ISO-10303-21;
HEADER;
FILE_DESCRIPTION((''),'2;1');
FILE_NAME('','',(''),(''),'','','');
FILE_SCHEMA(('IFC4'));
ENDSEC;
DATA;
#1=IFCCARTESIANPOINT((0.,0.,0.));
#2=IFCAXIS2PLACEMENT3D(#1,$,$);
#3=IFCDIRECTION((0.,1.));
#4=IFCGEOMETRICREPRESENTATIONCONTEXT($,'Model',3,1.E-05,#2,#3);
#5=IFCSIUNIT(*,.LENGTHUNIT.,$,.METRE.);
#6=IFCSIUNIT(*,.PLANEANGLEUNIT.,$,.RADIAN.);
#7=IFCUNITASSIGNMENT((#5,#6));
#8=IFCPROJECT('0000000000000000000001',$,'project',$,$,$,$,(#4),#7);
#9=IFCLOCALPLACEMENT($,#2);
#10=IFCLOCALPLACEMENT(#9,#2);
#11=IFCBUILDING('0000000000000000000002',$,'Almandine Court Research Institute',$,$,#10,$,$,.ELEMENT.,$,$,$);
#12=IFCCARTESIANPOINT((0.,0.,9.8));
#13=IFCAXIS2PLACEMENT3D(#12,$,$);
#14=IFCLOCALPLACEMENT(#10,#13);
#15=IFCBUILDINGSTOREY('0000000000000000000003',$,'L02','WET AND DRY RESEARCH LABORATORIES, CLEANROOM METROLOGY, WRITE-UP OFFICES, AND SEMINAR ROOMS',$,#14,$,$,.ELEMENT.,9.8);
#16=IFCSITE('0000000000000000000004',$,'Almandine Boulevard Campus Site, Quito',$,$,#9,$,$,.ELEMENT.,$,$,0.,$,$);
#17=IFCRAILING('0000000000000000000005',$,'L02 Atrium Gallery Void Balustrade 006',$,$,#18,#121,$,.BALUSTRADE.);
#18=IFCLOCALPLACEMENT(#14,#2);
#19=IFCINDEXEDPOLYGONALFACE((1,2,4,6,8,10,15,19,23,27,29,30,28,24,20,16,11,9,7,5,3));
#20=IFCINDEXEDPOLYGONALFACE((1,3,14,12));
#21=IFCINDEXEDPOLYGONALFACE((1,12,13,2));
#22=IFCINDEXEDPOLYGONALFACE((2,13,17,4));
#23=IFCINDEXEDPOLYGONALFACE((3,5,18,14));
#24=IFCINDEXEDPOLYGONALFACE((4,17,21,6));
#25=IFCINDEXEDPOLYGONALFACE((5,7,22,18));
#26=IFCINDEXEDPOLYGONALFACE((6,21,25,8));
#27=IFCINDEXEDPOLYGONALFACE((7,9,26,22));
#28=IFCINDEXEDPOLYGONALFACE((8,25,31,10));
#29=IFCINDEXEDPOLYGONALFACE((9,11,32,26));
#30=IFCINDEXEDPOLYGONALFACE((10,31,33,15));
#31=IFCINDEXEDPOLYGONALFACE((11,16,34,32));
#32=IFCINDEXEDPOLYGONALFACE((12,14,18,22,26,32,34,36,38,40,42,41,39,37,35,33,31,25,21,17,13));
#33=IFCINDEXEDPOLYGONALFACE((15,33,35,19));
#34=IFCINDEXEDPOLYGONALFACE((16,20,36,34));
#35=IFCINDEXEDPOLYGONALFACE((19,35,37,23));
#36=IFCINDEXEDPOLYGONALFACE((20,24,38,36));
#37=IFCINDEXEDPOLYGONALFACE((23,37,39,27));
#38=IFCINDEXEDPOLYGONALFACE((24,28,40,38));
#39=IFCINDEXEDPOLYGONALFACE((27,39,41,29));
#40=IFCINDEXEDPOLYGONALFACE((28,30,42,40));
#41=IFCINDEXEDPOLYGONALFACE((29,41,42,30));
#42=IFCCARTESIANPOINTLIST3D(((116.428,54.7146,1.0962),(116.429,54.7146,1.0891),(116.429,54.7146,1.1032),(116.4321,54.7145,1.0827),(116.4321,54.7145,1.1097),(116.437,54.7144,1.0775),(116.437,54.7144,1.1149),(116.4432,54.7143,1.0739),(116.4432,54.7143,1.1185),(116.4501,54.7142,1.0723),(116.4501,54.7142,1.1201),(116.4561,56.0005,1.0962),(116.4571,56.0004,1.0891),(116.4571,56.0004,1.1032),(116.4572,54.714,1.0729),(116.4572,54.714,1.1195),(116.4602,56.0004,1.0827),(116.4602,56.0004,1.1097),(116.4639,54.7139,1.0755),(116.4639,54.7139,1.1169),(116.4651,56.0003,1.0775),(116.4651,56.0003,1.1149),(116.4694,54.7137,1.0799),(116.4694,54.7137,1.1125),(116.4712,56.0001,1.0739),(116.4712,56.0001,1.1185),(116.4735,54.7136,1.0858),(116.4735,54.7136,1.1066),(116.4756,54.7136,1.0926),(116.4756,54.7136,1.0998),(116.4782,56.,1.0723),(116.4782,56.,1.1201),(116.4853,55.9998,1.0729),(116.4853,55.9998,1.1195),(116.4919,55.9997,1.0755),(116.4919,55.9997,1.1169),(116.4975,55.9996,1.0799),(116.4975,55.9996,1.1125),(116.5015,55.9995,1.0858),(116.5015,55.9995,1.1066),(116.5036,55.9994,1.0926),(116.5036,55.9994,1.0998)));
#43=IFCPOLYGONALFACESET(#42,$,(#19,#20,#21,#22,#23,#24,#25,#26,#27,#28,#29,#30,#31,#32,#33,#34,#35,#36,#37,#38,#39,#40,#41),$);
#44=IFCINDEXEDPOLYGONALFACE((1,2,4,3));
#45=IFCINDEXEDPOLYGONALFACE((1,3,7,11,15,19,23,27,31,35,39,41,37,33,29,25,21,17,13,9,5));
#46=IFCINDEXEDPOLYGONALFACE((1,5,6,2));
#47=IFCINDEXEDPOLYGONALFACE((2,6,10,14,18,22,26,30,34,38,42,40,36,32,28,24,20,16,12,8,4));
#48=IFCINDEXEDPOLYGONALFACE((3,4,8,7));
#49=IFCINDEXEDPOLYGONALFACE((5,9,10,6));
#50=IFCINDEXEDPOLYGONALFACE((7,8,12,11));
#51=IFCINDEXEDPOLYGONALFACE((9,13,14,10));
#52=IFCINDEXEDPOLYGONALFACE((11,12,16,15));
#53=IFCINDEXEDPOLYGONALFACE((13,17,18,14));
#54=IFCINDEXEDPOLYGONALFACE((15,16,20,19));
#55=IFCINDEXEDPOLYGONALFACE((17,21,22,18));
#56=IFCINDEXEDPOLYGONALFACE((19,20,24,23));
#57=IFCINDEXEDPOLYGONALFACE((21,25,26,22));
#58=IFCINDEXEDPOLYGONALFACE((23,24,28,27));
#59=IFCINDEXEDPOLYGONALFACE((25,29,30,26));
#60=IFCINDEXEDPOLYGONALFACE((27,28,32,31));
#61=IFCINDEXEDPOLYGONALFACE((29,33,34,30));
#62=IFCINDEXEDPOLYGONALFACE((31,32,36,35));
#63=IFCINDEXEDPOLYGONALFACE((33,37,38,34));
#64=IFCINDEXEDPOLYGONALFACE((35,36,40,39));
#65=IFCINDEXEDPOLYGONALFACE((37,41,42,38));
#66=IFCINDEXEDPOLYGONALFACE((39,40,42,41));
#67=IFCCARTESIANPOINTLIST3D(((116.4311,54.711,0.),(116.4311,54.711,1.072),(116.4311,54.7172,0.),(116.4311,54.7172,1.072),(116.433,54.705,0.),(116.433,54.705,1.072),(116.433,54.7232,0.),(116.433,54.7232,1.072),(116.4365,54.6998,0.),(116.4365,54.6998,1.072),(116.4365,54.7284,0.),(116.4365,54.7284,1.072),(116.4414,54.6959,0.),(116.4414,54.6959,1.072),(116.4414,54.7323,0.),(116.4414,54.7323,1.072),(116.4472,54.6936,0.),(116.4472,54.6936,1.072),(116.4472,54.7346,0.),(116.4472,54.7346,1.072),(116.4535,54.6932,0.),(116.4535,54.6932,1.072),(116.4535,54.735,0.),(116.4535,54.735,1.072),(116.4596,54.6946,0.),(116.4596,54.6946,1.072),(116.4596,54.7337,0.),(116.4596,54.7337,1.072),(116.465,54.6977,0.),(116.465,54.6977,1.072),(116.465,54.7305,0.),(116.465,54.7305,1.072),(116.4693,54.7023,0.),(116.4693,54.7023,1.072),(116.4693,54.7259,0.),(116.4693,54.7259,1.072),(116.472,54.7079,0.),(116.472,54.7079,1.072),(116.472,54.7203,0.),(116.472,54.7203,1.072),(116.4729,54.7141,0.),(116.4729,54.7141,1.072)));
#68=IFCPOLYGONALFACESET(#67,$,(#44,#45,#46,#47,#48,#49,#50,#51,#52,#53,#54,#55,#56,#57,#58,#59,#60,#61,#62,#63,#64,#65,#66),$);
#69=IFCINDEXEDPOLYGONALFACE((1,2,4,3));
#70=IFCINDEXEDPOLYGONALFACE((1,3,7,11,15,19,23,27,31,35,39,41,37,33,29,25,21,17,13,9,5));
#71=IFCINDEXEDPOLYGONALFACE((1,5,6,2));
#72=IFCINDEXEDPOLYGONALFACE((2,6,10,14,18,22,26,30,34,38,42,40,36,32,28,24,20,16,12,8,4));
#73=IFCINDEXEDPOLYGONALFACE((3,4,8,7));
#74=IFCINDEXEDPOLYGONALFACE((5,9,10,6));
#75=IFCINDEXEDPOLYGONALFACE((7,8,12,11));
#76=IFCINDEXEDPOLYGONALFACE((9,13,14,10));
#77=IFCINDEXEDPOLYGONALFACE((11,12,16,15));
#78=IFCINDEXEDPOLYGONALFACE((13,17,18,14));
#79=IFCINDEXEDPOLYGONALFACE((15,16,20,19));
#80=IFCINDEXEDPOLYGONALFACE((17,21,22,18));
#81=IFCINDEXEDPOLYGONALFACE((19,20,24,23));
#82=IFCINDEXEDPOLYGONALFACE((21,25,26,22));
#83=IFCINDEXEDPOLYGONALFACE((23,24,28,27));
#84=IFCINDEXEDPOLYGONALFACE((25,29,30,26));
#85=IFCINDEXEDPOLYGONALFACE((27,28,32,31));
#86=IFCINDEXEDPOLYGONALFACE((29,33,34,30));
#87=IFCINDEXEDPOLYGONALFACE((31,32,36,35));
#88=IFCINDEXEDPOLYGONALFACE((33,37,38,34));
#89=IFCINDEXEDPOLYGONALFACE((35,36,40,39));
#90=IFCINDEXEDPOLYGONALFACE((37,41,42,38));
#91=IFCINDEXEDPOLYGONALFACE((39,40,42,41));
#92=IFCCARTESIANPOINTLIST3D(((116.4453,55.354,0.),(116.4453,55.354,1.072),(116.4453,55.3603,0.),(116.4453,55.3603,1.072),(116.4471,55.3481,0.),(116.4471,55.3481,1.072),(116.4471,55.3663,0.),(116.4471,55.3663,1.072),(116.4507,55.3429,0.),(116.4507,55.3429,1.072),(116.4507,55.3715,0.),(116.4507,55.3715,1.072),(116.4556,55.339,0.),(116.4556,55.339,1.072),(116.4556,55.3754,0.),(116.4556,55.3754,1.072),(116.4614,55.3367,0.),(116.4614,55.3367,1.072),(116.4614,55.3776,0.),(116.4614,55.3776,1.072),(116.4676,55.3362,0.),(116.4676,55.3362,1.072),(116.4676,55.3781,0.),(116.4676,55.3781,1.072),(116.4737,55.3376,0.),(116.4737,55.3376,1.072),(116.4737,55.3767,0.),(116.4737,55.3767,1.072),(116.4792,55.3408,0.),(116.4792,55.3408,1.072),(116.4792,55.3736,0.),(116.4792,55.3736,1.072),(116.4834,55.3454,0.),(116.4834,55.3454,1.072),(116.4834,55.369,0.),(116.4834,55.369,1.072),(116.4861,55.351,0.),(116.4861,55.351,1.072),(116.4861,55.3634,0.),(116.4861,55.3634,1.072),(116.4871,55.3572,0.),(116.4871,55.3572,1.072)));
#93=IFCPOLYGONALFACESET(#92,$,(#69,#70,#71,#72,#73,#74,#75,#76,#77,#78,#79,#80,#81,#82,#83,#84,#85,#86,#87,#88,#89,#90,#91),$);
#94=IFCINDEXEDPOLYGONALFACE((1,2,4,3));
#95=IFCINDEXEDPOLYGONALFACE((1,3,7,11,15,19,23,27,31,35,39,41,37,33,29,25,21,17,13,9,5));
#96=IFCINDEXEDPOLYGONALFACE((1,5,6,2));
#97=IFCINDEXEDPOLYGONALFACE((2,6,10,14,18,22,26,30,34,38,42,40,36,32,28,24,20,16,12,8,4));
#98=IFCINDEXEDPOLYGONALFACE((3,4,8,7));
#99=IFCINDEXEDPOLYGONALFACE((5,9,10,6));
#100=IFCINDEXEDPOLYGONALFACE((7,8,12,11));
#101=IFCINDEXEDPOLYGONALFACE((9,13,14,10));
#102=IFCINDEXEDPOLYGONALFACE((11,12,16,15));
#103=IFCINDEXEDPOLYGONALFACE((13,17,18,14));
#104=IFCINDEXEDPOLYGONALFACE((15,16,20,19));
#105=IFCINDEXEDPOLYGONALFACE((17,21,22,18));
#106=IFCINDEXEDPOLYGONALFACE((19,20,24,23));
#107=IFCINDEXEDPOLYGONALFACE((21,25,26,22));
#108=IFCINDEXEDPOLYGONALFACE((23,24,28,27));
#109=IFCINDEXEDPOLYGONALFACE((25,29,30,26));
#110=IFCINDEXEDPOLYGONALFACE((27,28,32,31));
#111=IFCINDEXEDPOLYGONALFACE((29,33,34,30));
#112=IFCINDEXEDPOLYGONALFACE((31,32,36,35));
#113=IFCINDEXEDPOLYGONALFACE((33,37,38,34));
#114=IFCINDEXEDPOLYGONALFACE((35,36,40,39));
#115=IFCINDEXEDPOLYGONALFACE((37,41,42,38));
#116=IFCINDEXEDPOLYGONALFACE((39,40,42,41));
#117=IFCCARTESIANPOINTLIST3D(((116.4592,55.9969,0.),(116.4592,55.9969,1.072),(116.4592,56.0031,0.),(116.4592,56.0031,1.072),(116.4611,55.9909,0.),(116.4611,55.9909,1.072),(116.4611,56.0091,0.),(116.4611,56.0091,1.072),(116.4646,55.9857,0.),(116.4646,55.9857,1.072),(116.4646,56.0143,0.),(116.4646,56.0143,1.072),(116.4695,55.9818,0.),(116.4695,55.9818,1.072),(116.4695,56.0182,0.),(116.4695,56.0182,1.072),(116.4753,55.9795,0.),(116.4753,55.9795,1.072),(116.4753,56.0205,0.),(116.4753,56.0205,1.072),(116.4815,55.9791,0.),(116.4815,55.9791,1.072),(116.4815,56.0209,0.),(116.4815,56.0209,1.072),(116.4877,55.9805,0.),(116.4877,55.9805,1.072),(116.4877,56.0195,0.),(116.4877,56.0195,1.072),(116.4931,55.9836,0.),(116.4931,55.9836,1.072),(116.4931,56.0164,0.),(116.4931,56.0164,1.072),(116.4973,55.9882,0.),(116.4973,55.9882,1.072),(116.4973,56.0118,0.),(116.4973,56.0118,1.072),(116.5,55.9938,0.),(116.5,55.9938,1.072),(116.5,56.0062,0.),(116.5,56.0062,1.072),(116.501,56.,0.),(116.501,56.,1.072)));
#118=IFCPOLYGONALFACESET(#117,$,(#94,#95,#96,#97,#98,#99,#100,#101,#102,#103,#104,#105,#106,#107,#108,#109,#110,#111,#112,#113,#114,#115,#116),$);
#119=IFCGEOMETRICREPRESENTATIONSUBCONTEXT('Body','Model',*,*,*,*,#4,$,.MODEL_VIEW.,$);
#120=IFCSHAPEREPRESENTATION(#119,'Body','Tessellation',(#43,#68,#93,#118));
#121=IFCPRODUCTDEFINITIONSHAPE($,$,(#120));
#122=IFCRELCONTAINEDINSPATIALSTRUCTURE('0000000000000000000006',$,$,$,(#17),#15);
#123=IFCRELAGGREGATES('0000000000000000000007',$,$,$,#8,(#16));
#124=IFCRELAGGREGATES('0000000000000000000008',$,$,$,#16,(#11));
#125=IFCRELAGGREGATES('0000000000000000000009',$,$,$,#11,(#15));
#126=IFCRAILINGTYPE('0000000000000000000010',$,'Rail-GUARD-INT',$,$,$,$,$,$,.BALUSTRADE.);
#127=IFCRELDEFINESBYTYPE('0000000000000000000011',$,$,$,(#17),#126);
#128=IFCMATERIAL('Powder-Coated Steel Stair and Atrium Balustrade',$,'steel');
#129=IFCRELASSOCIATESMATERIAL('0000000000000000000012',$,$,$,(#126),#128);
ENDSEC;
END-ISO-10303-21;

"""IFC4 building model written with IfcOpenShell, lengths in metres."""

from ifc_helpers import new_model, si_unit, direction, frame, origin, origin_2d, place, context, subcontext, project, spatial, circle, extrude, material, type_object, element, save


model = new_model("IFC4")

# Units and contexts
model_context = context("Model", 3, precision=1e-05, world=origin(), true_north=direction((0.0, 1.0)))
body_context = subcontext(model_context, "Body", "Model", "MODEL_VIEW")
ifc_project = project(units=[si_unit("LENGTHUNIT", "METRE"), si_unit("PLANEANGLEUNIT", "RADIAN")], contexts=[model_context])

# Site, building, storey
site_placement = place(None, origin())
site = spatial("IfcSite", under=ifc_project, at=site_placement, Name="Almandine Boulevard Campus Site, Quito", CompositionType="ELEMENT", RefElevation=0.0)
building_placement = place(site_placement, origin())
building = spatial("IfcBuilding", under=site, at=building_placement, Name="Almandine Court Research Institute", CompositionType="ELEMENT")
storey_placement = place(building_placement, frame((0.0, 0.0, 9.8)))
storey = spatial("IfcBuildingStorey", under=building, at=storey_placement, Name="L02", Description="WET AND DRY RESEARCH LABORATORIES, CLEANROOM METROLOGY, WRITE-UP OFFICES, AND SEMINAR ROOMS", CompositionType="ELEMENT", Elevation=9.8)

# Railing
ifc_material_1 = material(Name="Powder-Coated Steel Stair and Atrium Balustrade", Category="steel")
railing_type = type_object("IfcRailingType", Name="Rail-GUARD-INT", PredefinedType="BALUSTRADE", material=ifc_material_1)
railing_1_placement = place(storey_placement, frame((116.4519, 54.7141, 0.0)))
element("IfcRailing", 1, at=railing_1_placement, inside=storey, type_object=railing_type, Name="L02 Atrium Gallery Void Balustrade 006", PredefinedType="BALUSTRADE", context=body_context, shape_type="SweptSolid", body=[
    extrude(circle(Radius=0.0239, at=origin_2d()), frame((0.0, 0.0, 1.0962), z_axis=(0.021829, 0.999762, 0.0), x_axis=(-0.999762, 0.021829, 0.0)), (0.0, 0.0, 1.0), 1.2861),
    extrude(circle(Radius=0.021, at=origin_2d()), origin(), (0.0, 0.0, 1.0), 1.072),
    extrude(circle(Radius=0.021, at=origin_2d()), frame((0.0142, 0.6431, 0.0)), (0.0, 0.0, 1.0), 1.072),
    extrude(circle(Radius=0.021, at=origin_2d()), frame((0.0281, 1.2859, 0.0)), (0.0, 0.0, 1.0), 1.072),
])

save(model, "model.ifc")
